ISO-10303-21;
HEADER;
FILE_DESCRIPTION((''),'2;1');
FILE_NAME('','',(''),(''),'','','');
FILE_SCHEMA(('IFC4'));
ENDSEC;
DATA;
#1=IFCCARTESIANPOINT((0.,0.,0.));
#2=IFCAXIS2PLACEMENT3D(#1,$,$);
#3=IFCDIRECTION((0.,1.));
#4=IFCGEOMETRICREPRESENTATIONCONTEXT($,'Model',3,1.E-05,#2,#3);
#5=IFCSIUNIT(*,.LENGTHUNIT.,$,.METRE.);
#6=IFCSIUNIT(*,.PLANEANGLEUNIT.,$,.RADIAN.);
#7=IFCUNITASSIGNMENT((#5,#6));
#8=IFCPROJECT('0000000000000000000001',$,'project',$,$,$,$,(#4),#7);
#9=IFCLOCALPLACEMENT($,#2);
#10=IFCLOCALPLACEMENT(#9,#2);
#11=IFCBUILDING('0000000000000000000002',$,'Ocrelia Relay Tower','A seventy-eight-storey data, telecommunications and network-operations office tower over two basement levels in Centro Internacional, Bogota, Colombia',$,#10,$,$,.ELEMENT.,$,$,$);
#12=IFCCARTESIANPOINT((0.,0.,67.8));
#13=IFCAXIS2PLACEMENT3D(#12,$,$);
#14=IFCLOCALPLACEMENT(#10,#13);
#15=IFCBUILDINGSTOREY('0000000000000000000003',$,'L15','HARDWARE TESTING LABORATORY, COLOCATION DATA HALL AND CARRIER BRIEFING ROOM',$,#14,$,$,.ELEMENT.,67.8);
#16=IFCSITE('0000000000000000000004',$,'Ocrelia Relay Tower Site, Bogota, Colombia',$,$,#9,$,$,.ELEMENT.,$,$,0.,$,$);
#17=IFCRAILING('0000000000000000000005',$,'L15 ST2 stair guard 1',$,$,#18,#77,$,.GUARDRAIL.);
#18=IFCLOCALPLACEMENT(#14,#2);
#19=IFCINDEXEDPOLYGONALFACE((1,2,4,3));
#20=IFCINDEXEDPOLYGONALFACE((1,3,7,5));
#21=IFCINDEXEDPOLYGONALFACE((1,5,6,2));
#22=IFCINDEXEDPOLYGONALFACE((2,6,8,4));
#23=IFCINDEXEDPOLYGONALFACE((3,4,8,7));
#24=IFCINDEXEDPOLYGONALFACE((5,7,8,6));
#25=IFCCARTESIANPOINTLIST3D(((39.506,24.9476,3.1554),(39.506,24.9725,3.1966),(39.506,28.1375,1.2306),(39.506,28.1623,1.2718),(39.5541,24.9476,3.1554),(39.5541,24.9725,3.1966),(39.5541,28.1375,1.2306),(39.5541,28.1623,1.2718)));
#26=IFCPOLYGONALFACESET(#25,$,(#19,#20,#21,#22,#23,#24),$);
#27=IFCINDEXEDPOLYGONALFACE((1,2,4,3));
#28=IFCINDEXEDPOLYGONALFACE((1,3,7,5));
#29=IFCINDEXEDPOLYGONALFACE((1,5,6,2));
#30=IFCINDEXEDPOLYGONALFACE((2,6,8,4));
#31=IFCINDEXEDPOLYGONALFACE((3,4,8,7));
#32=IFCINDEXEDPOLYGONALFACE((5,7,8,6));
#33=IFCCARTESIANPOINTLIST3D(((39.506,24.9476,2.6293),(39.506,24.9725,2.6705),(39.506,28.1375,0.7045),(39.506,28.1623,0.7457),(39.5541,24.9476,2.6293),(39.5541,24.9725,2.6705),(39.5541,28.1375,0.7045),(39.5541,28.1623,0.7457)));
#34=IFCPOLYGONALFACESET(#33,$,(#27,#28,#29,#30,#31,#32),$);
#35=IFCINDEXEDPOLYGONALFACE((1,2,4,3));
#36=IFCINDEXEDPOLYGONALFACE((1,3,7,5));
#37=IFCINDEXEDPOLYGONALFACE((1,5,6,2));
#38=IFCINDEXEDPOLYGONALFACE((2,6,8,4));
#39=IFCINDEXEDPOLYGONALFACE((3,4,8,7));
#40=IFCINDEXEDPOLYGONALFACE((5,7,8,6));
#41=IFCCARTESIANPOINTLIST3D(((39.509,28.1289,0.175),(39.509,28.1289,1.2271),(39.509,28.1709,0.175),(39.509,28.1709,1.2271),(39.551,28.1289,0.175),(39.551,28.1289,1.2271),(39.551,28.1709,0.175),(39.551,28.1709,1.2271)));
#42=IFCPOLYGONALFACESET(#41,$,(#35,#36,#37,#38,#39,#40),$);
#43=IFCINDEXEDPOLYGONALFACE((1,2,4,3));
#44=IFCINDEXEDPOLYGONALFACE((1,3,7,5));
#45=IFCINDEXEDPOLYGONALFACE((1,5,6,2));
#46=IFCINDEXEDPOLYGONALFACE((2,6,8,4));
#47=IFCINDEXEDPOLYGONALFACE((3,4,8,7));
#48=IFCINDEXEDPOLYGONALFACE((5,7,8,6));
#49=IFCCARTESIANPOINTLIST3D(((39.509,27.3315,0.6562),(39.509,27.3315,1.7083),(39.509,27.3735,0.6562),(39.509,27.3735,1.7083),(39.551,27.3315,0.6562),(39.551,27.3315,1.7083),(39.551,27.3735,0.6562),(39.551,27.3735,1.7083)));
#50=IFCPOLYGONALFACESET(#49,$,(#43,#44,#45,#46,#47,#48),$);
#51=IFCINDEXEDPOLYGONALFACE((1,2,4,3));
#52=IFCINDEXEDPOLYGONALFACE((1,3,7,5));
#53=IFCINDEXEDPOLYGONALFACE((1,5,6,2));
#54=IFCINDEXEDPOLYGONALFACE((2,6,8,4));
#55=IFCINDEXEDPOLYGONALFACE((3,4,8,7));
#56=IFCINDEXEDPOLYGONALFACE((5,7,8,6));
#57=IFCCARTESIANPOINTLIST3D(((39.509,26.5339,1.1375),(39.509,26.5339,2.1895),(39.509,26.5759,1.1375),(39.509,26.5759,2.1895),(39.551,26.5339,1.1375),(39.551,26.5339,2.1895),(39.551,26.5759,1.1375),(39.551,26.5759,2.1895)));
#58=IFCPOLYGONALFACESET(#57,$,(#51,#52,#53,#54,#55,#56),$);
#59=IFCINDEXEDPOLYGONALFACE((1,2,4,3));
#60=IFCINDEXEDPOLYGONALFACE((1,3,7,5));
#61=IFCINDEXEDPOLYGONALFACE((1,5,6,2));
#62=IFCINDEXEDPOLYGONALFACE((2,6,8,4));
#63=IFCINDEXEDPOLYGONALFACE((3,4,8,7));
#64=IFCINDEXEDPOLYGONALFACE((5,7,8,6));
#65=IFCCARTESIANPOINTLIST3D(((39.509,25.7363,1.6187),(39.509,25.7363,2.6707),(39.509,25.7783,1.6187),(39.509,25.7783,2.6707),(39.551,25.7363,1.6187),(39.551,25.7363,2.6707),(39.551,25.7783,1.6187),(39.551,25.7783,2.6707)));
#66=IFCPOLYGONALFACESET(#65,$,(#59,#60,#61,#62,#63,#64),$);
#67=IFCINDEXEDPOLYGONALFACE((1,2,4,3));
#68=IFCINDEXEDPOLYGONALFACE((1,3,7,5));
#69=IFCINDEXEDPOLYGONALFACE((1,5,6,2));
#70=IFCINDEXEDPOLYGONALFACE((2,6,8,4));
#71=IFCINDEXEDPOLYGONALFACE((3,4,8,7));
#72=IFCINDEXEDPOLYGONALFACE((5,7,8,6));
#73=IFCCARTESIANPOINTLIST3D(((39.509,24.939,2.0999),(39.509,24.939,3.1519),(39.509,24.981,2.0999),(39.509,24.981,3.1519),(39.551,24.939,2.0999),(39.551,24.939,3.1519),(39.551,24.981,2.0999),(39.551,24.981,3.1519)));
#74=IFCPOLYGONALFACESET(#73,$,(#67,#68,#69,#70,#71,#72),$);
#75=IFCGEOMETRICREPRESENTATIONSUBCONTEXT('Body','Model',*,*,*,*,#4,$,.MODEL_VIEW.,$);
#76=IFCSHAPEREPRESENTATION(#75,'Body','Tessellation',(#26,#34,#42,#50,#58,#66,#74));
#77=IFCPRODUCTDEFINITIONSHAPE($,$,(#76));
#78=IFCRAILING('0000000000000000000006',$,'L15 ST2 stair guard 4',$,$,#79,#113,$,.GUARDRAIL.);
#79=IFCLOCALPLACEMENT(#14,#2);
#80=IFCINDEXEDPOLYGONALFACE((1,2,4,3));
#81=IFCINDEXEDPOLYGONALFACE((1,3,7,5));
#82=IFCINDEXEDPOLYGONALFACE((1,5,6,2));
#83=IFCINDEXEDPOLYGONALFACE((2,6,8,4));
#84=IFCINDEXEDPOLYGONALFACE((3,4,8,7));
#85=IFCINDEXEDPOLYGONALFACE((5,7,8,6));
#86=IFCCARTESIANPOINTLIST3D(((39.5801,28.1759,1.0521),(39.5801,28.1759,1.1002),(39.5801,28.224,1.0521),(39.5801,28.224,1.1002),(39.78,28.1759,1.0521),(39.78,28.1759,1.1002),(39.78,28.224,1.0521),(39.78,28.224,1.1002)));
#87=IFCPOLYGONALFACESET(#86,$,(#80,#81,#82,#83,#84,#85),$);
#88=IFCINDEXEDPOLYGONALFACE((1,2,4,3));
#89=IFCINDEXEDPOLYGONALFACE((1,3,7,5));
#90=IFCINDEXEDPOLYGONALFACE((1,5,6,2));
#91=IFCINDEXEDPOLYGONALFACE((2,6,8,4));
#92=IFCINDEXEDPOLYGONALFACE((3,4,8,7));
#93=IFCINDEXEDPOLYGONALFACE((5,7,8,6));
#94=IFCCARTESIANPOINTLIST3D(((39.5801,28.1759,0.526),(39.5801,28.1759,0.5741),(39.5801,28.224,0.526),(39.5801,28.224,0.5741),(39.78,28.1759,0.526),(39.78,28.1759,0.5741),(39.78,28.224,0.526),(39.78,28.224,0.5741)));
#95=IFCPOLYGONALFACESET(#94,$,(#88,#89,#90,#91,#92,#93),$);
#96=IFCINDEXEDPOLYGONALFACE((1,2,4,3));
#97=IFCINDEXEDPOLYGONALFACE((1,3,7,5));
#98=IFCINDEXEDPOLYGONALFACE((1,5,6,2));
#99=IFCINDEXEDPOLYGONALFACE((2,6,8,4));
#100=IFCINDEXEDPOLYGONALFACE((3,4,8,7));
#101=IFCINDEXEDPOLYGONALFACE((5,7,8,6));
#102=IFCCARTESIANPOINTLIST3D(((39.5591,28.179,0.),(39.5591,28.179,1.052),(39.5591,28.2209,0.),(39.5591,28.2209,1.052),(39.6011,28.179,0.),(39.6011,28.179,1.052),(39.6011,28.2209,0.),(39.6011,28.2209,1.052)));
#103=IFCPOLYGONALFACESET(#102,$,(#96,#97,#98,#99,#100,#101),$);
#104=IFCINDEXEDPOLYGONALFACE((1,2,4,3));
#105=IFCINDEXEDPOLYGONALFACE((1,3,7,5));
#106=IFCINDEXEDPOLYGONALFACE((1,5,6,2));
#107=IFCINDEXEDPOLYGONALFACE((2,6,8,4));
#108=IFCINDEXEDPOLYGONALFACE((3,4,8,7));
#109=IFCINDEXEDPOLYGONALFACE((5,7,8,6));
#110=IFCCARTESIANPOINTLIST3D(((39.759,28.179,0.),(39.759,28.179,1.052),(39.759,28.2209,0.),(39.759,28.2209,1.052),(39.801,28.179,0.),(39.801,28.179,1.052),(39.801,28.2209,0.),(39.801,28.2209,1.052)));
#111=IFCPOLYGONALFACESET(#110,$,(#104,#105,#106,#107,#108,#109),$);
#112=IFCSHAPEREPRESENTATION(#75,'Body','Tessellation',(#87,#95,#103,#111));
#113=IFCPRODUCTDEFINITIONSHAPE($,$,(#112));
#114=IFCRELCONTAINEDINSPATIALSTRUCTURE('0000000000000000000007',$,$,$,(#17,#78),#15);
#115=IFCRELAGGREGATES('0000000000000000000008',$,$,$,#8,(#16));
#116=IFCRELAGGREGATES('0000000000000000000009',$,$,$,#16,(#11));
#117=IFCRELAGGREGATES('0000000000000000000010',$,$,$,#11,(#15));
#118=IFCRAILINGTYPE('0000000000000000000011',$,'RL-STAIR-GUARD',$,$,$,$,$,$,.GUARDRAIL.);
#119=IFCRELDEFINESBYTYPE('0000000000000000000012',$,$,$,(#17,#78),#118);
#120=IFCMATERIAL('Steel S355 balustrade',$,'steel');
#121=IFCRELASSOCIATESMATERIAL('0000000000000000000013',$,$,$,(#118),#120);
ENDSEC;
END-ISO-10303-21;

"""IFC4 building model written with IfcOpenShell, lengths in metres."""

from ifc_helpers import new_model, si_unit, direction, frame, origin, origin_2d, place, context, subcontext, project, spatial, rectangle, extrude, material, type_object, element, save


model = new_model("IFC4")

# Units and contexts
model_context = context("Model", 3, precision=1e-05, world=origin(), true_north=direction((0.0, 1.0)))
body_context = subcontext(model_context, "Body", "Model", "MODEL_VIEW")
ifc_project = project(units=[si_unit("LENGTHUNIT", "METRE"), si_unit("PLANEANGLEUNIT", "RADIAN")], contexts=[model_context])

# Site, building, storey
site_placement = place(None, origin())
site = spatial("IfcSite", under=ifc_project, at=site_placement, Name="Ocrelia Relay Tower Site, Bogota, Colombia", CompositionType="ELEMENT", RefElevation=0.0)
building_placement = place(site_placement, origin())
building = spatial("IfcBuilding", under=site, at=building_placement, Name="Ocrelia Relay Tower", Description="A seventy-eight-storey data, telecommunications and network-operations office tower over two basement levels in Centro Internacional, Bogota, Colombia", CompositionType="ELEMENT")
storey_placement = place(building_placement, frame((0.0, 0.0, 67.8)))
storey = spatial("IfcBuildingStorey", under=building, at=storey_placement, Name="L15", Description="HARDWARE TESTING LABORATORY, COLOCATION DATA HALL AND CARRIER BRIEFING ROOM", CompositionType="ELEMENT", Elevation=67.8)

# Railings
ifc_material_1 = material(Name="Steel S355 balustrade", Category="steel")
railing_type = type_object("IfcRailingType", Name="RL-STAIR-GUARD", PredefinedType="GUARDRAIL", material=ifc_material_1)
railing_1_placement = place(storey_placement, frame((39.53, 28.1499, 0.175)))
element("IfcRailing", 1, at=railing_1_placement, inside=storey, type_object=railing_type, Name="L15 ST2 stair guard 1", PredefinedType="GUARDRAIL", context=body_context, shape_type="SweptSolid", body=[
    extrude(rectangle(XDim=0.0481, YDim=0.0481, at=origin_2d()), frame((0.0, 0.0, 1.0762), z_axis=(0.0, -0.856207, 0.516633), x_axis=(1.0, 0.0, 0.0)), (0.0, 0.0, 1.0), 3.7256),
    extrude(rectangle(XDim=0.0481, YDim=0.0481, at=origin_2d()), frame((0.0, 0.0, 0.55), z_axis=(0.0, -0.856207, 0.516633), x_axis=(1.0, 0.0, 0.0)), (0.0, 0.0, 1.0), 3.7256),
    extrude(rectangle(XDim=0.042, YDim=0.042, at=origin_2d()), origin(), (0.0, 0.0, 1.0), 1.052),
    extrude(rectangle(XDim=0.042, YDim=0.042, at=origin_2d()), frame((0.0, -0.7974, 0.4812)), (0.0, 0.0, 1.0), 1.052),
    extrude(rectangle(XDim=0.042, YDim=0.042, at=origin_2d()), frame((0.0, -1.595, 0.9624)), (0.0, 0.0, 1.0), 1.052),
    extrude(rectangle(XDim=0.042, YDim=0.042, at=origin_2d()), frame((0.0, -2.3926, 1.4436)), (0.0, 0.0, 1.0), 1.052),
    extrude(rectangle(XDim=0.042, YDim=0.042, at=origin_2d()), frame((0.0, -3.1899, 1.9248)), (0.0, 0.0, 1.0), 1.052),
])
railing_2_placement = place(storey_placement, frame((39.5801, 28.2, 0.0)))
element("IfcRailing", 2, at=railing_2_placement, inside=storey, type_object=railing_type, Name="L15 ST2 stair guard 4", PredefinedType="GUARDRAIL", context=body_context, shape_type="SweptSolid", body=[
    extrude(rectangle(XDim=0.0481, YDim=0.0481, at=origin_2d()), frame((0.0, 0.0, 1.0762), z_axis=(1.0, 0.0, 0.0), x_axis=(0.0, 1.0, 0.0)), (0.0, 0.0, 1.0), 0.2),
    extrude(rectangle(XDim=0.0481, YDim=0.0481, at=origin_2d()), frame((0.0, 0.0, 0.55), z_axis=(1.0, 0.0, 0.0), x_axis=(0.0, 1.0, 0.0)), (0.0, 0.0, 1.0), 0.2),
    extrude(rectangle(XDim=0.042, YDim=0.042, at=origin_2d()), origin(), (0.0, 0.0, 1.0), 1.052),
    extrude(rectangle(XDim=0.042, YDim=0.042, at=origin_2d()), frame((0.2, 0.0, 0.0)), (0.0, 0.0, 1.0), 1.052),
])

save(model, "model.ifc")
